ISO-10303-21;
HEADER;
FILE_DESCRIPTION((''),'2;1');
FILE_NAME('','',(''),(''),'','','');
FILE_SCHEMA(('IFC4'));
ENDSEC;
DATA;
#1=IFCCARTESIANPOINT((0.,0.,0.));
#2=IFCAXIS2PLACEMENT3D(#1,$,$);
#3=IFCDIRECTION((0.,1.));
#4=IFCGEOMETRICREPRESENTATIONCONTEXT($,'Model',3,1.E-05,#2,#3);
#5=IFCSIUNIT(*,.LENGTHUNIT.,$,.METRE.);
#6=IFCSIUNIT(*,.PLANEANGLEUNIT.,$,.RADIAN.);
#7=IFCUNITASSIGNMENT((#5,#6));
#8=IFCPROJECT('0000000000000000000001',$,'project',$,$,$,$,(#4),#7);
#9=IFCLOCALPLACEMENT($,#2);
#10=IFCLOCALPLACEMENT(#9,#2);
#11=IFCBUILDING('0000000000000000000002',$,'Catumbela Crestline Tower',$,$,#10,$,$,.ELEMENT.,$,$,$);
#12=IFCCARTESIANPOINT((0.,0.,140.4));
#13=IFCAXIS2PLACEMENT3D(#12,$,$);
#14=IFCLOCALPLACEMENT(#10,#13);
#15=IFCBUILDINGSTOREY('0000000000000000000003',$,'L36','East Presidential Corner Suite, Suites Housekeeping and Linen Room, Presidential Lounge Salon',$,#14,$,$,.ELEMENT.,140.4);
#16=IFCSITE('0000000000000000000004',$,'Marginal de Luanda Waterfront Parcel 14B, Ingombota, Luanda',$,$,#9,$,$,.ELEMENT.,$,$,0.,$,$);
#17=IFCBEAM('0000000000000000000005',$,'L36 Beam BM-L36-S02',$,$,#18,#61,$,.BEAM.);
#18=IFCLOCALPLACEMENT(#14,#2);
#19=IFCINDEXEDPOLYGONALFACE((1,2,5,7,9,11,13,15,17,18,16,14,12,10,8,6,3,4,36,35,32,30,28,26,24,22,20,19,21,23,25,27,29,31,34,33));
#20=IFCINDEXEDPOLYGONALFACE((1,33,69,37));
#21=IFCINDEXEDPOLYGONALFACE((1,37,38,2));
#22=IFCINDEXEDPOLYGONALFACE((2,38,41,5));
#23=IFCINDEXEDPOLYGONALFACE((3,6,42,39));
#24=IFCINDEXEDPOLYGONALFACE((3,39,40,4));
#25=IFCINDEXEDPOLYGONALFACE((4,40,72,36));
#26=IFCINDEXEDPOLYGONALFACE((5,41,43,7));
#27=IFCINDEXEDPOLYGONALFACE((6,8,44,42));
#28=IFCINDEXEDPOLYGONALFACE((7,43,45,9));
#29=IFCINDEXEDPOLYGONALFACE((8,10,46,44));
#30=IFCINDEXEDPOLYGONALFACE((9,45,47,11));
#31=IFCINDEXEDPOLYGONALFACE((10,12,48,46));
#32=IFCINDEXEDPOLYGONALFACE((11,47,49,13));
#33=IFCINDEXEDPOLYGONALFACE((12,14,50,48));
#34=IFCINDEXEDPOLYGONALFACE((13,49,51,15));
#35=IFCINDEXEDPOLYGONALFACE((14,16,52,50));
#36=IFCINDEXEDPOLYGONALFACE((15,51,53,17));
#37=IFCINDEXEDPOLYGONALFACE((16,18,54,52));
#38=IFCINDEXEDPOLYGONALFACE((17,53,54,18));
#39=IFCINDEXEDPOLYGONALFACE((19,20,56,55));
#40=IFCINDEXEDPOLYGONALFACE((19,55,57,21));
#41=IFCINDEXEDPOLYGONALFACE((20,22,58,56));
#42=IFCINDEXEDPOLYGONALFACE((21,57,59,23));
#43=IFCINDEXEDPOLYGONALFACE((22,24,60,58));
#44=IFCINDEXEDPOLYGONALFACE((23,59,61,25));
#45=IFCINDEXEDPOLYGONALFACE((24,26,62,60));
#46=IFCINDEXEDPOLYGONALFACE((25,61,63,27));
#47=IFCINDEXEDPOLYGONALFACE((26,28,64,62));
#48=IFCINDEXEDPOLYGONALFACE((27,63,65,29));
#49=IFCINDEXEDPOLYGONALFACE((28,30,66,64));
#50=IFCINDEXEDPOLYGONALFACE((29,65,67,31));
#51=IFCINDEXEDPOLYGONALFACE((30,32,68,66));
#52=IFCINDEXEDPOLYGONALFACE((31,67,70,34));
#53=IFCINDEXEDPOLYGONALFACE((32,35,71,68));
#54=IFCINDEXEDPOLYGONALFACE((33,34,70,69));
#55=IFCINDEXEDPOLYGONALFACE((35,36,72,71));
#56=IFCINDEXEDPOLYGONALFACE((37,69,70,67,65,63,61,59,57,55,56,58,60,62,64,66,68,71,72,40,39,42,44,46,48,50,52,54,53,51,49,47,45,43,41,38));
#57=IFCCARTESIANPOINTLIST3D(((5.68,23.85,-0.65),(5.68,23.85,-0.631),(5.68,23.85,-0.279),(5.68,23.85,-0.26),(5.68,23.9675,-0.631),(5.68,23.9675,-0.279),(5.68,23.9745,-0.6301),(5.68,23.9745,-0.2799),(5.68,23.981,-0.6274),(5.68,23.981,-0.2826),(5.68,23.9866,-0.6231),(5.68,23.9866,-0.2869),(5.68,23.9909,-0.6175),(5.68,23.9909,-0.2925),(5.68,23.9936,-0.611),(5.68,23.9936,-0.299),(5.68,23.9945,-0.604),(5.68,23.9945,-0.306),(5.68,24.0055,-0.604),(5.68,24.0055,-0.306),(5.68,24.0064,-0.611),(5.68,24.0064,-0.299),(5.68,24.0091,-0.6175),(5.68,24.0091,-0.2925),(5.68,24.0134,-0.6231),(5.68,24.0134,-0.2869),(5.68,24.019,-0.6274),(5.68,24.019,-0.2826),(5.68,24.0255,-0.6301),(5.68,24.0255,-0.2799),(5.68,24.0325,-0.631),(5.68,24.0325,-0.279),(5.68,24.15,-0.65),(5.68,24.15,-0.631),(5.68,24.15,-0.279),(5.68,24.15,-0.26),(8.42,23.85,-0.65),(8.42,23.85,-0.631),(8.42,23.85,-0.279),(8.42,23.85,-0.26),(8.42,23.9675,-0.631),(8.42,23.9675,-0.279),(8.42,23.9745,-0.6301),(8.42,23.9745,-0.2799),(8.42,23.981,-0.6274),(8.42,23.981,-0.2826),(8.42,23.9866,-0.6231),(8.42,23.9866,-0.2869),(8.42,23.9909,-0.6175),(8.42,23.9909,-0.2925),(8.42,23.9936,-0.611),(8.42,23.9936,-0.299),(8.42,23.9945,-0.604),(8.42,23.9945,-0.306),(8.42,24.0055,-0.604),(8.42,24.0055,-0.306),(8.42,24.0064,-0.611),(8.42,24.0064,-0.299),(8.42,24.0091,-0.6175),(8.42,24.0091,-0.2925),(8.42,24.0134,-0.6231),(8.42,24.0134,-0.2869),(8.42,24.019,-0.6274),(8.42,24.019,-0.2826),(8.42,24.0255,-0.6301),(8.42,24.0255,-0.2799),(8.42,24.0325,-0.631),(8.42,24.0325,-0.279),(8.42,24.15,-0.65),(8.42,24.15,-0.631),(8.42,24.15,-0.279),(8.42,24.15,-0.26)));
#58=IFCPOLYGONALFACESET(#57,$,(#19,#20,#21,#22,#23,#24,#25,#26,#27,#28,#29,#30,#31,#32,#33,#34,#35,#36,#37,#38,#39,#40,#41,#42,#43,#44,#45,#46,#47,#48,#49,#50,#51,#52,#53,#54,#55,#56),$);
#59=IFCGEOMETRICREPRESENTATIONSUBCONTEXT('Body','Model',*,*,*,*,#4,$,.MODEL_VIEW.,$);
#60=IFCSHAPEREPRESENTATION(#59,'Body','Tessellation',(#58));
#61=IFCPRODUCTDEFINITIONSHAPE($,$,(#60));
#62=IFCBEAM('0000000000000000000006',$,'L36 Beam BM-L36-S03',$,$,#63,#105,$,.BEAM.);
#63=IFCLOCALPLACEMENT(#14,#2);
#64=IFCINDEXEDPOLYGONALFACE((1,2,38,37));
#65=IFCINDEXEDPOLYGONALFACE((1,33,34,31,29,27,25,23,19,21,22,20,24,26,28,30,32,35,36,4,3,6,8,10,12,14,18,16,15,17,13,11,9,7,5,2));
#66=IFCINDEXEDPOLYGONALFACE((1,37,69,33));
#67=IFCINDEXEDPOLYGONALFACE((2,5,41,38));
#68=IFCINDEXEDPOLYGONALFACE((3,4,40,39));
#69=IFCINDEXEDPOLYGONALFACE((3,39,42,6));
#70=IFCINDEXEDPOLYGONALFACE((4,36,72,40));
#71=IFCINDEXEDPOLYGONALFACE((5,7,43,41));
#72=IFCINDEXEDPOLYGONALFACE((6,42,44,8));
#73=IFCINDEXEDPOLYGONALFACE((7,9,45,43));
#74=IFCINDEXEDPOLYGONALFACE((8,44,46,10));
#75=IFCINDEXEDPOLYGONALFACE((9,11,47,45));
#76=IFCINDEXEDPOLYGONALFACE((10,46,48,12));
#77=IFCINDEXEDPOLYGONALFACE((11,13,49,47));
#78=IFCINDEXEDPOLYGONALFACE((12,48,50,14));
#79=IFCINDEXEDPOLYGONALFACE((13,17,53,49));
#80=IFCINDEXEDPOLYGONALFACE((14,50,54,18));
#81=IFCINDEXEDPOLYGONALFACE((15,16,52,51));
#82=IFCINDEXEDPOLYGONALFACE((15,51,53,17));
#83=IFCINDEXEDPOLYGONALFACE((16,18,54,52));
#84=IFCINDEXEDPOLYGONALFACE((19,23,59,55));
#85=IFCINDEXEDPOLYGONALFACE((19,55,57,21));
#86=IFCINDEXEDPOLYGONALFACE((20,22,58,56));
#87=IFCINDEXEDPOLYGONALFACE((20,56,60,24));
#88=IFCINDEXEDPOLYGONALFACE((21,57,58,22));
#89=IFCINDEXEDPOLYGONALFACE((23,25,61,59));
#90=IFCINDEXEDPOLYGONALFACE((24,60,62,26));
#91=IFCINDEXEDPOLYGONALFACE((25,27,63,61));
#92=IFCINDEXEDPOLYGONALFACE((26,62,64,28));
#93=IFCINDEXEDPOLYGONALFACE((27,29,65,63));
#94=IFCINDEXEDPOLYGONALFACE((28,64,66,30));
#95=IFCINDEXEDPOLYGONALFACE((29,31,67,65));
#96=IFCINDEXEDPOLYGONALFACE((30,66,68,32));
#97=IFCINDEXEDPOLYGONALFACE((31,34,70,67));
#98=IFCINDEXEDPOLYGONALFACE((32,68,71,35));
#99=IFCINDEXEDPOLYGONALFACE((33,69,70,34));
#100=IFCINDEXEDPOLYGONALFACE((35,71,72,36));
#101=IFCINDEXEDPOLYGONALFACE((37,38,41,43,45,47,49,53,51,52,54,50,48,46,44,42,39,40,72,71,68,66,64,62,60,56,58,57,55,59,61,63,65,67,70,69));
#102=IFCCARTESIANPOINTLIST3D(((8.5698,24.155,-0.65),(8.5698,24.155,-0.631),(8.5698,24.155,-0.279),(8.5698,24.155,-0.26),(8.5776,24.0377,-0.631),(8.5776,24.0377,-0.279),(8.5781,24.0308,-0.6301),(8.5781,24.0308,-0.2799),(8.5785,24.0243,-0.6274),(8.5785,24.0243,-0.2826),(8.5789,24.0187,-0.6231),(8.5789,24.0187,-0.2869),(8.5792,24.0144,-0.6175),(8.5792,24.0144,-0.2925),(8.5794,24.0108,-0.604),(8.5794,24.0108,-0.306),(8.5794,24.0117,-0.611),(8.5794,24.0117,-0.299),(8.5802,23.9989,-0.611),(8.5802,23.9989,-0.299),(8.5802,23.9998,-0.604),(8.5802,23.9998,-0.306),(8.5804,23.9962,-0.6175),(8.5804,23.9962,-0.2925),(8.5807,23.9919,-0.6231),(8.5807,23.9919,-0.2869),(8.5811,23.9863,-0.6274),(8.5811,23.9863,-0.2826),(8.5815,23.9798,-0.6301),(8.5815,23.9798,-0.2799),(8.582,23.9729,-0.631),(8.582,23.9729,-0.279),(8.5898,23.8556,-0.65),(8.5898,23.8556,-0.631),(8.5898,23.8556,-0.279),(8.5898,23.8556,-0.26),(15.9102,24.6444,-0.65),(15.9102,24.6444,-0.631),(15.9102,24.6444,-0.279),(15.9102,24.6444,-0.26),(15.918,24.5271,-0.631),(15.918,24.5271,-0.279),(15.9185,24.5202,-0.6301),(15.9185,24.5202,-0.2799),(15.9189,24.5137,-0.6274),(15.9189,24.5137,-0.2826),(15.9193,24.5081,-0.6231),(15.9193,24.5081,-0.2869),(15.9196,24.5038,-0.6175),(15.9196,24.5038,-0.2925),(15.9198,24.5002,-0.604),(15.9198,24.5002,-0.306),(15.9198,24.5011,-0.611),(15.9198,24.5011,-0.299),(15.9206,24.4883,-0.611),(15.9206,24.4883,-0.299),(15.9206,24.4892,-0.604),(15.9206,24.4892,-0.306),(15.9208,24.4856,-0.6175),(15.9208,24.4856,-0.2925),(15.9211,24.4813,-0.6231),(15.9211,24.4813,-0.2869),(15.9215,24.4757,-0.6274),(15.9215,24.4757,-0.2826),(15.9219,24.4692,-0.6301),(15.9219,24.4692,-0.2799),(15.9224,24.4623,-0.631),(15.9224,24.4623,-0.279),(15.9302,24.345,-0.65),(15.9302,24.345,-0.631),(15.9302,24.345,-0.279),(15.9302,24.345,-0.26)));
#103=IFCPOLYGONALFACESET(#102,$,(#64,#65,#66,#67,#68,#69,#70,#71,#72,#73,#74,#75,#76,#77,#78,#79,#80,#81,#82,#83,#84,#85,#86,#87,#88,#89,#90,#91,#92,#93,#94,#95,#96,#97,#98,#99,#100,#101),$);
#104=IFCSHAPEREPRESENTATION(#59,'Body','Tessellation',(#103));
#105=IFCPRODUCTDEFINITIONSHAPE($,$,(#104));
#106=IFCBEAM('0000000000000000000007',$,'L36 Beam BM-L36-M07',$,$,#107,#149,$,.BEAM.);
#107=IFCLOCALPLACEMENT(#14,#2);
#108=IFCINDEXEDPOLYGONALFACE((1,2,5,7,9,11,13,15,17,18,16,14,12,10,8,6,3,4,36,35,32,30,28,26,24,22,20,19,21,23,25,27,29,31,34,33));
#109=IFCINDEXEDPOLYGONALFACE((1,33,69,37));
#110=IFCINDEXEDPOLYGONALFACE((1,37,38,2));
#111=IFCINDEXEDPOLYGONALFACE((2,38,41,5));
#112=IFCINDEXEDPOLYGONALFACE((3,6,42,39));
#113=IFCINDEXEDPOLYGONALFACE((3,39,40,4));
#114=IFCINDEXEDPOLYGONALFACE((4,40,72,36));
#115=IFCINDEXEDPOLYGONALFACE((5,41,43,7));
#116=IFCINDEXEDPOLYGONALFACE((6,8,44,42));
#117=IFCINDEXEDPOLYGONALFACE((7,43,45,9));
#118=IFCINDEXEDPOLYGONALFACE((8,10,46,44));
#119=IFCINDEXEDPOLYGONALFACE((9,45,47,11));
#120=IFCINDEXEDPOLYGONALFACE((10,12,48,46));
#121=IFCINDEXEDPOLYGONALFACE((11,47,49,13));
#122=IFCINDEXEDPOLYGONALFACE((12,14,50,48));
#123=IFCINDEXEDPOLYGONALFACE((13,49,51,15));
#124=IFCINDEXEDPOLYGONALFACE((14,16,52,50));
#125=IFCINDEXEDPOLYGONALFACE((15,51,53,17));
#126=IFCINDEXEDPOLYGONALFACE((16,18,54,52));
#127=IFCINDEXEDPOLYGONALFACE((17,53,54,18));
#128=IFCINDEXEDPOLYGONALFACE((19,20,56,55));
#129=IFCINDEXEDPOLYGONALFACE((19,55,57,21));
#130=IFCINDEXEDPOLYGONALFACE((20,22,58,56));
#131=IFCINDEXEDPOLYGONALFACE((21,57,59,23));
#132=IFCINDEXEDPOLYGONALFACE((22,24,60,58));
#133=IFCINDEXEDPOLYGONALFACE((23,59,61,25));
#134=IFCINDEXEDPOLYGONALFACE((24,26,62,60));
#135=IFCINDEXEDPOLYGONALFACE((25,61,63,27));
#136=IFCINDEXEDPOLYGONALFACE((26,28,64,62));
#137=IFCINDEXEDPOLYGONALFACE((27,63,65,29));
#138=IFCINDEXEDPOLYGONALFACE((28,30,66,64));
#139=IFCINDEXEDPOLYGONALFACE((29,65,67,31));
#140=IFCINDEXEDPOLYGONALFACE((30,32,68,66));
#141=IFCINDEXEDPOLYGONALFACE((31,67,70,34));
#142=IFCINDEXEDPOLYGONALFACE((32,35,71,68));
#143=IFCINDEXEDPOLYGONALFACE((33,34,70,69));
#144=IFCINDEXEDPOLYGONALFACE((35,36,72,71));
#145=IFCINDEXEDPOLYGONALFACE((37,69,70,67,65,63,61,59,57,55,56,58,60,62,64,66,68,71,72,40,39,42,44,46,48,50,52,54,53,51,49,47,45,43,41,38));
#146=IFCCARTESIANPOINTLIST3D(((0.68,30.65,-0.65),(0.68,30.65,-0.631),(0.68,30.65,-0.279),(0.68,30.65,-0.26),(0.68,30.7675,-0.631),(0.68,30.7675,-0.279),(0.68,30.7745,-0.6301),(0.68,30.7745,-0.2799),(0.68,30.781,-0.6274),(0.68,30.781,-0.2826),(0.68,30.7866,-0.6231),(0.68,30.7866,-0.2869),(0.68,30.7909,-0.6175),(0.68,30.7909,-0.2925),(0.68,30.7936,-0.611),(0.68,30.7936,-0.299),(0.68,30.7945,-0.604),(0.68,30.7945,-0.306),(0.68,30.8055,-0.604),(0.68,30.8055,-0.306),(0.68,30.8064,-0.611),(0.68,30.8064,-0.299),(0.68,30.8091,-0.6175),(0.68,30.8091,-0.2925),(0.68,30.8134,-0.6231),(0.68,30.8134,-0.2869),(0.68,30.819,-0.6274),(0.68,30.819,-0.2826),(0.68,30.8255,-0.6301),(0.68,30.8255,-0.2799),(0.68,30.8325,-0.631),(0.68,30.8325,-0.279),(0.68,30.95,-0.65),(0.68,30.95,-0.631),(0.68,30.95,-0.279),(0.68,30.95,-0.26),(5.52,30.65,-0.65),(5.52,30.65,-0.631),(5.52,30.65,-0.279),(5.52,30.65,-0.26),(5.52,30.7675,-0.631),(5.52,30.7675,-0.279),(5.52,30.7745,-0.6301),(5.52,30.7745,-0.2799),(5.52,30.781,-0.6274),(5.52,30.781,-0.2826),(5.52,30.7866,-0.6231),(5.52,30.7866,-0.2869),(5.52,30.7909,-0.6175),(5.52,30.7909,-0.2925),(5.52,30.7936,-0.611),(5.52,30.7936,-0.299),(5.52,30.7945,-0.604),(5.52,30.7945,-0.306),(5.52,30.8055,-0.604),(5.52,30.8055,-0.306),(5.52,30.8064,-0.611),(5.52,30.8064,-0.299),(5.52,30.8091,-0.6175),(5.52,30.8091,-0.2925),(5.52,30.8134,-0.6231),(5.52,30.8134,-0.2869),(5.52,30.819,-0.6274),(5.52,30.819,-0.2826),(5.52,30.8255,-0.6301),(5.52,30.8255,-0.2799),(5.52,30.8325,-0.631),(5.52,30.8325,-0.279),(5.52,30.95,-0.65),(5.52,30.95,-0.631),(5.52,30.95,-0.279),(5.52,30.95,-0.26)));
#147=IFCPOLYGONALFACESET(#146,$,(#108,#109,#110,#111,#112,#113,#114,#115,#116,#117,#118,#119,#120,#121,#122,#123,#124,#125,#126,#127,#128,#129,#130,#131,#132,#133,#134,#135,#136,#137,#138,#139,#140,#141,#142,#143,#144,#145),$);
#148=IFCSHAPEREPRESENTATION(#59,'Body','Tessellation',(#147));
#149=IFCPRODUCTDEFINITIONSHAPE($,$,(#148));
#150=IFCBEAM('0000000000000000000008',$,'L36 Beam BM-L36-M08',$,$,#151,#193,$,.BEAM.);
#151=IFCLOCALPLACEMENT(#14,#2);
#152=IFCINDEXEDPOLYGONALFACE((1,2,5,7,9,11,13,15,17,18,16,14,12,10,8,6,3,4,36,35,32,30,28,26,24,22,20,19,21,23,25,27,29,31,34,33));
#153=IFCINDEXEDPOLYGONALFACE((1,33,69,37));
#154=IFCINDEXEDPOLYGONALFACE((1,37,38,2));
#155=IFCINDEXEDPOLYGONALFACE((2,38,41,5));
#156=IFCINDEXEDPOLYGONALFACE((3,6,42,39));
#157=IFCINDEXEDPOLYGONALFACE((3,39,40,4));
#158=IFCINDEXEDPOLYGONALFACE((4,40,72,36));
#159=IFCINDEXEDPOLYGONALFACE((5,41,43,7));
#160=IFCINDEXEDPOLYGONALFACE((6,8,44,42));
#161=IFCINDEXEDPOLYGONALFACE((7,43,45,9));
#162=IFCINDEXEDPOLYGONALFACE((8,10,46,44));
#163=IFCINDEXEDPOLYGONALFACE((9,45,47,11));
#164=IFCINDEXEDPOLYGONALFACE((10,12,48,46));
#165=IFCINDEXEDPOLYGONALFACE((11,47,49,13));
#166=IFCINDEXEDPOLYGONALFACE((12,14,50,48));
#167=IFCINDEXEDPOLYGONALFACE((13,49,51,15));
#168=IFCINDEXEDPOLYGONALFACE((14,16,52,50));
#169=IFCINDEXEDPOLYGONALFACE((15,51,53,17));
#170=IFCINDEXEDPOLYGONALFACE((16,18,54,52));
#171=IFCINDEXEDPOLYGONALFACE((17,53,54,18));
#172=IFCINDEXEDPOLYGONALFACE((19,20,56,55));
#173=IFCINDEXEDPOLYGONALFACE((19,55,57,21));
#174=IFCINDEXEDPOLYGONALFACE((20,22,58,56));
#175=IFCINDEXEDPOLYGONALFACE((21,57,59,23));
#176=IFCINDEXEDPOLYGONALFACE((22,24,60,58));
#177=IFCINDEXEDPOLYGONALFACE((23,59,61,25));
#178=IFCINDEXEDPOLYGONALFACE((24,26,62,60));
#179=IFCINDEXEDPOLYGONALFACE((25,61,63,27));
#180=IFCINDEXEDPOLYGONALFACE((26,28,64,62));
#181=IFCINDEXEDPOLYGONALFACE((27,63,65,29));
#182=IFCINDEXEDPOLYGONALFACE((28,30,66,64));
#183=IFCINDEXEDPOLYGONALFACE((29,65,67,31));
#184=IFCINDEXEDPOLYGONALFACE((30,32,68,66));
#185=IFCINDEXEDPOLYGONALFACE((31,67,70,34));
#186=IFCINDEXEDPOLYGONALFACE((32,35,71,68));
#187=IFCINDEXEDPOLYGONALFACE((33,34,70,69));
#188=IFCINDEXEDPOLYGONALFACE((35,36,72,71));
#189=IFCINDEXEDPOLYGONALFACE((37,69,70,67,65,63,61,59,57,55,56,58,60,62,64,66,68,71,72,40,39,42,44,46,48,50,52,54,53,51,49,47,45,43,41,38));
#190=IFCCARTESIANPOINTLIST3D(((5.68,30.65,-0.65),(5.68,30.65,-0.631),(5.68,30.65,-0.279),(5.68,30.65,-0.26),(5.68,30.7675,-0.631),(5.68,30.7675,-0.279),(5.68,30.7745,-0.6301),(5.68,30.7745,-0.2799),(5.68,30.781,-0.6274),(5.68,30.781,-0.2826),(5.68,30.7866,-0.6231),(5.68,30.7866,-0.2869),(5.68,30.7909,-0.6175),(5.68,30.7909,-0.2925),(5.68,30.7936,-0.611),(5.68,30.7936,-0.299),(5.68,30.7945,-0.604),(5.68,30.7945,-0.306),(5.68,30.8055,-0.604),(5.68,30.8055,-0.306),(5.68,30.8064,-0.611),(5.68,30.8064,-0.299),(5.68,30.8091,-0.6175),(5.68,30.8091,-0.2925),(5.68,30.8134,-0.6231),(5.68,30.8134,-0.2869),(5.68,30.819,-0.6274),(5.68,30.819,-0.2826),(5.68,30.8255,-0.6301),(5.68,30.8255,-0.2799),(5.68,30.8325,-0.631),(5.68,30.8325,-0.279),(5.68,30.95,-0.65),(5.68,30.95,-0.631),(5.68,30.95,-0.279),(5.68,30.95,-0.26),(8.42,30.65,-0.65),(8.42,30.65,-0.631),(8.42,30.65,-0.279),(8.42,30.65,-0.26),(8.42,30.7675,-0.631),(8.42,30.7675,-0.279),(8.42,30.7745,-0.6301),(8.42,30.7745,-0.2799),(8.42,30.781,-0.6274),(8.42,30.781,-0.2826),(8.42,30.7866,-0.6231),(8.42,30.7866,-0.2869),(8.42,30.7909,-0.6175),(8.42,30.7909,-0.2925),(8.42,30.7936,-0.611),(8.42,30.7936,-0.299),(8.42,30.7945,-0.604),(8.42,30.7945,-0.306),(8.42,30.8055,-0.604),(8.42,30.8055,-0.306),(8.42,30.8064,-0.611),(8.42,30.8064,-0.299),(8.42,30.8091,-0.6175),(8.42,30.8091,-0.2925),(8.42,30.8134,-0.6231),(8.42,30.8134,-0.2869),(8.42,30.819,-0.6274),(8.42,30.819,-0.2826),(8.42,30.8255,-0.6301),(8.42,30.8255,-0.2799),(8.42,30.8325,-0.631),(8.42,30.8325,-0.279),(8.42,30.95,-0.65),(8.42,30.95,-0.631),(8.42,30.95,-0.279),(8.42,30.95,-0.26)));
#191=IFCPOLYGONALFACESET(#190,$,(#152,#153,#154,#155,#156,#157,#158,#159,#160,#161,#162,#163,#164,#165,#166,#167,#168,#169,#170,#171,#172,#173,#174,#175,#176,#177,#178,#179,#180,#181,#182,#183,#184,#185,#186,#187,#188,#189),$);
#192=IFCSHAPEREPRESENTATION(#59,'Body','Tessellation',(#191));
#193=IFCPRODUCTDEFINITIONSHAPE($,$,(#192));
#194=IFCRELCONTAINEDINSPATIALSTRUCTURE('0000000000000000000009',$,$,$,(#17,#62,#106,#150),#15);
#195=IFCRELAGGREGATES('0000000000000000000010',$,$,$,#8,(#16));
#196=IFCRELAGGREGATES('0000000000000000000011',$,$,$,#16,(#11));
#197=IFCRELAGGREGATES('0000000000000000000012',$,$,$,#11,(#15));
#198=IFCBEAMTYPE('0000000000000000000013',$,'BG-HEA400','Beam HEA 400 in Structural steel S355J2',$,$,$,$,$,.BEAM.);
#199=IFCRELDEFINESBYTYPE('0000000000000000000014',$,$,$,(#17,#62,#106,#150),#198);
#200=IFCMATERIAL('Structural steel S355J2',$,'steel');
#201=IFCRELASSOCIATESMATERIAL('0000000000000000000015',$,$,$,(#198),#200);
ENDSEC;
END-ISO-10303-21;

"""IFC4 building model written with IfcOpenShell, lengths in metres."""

from ifc_helpers import new_model, si_unit, direction, frame, origin, origin_2d, place, context, subcontext, project, spatial, i_section, extrude, material, material_profile, profile_set, type_object, element, save


model = new_model("IFC4")

# Units and contexts
model_context = context("Model", 3, precision=1e-05, world=origin(), true_north=direction((0.0, 1.0)))
body_context = subcontext(model_context, "Body", "Model", "MODEL_VIEW")
ifc_project = project(units=[si_unit("LENGTHUNIT", "METRE"), si_unit("PLANEANGLEUNIT", "RADIAN")], contexts=[model_context])

# Site, building, storey
site_placement = place(None, origin())
site = spatial("IfcSite", under=ifc_project, at=site_placement, Name="Marginal de Luanda Waterfront Parcel 14B, Ingombota, Luanda", CompositionType="ELEMENT", RefElevation=0.0)
building_placement = place(site_placement, origin())
building = spatial("IfcBuilding", under=site, at=building_placement, Name="Catumbela Crestline Tower", CompositionType="ELEMENT")
storey_placement = place(building_placement, frame((0.0, 0.0, 140.4)))
storey = spatial("IfcBuildingStorey", under=building, at=storey_placement, Name="L36", Description="East Presidential Corner Suite, Suites Housekeeping and Linen Room, Presidential Lounge Salon", CompositionType="ELEMENT", Elevation=140.4)

# Beams
ifc_material_1 = material(Name="Structural steel S355J2", Category="steel")
ifc_material_profile_1 = material_profile(ifc_material_1, i_section(OverallWidth=0.3, OverallDepth=0.39, WebThickness=0.011, FlangeThickness=0.019, FilletRadius=0.027, at=origin_2d()), Name="HEA 400")
ifc_profile_set_1 = profile_set([ifc_material_profile_1], Name="Structural steel S355J2")
beam_type = type_object("IfcBeamType", Name="BG-HEA400", Description="Beam HEA 400 in Structural steel S355J2", PredefinedType="BEAM", material=ifc_profile_set_1)
beam_1_placement = place(storey_placement, frame((5.68, 24.0, -0.455), z_axis=(1.0, 0.0, 0.0), x_axis=(0.0, 1.0, 0.0)))
element("IfcBeam", 1, at=beam_1_placement, inside=storey, type_object=beam_type, Name="L36 Beam BM-L36-S02", PredefinedType="BEAM", context=body_context, shape_type="SweptSolid", body=[
    extrude(i_section(OverallWidth=0.3, OverallDepth=0.39, WebThickness=0.011, FlangeThickness=0.019, FilletRadius=0.027, at=origin_2d()), origin(), (0.0, 0.0, 1.0), 2.74),
])
beam_2_placement = place(storey_placement, frame((8.5798, 24.0053, -0.455), z_axis=(0.997785, 0.066524, 0.0), x_axis=(-0.066524, 0.997785, 0.0)))
element("IfcBeam", 2, at=beam_2_placement, inside=storey, type_object=beam_type, Name="L36 Beam BM-L36-S03", PredefinedType="BEAM", context=body_context, shape_type="SweptSolid", body=[
    extrude(i_section(OverallWidth=0.3, OverallDepth=0.39, WebThickness=0.011, FlangeThickness=0.019, FilletRadius=0.027, at=origin_2d()), origin(), (0.0, 0.0, 1.0), 7.3567),
])
beam_3_placement = place(storey_placement, frame((0.68, 30.8, -0.455), z_axis=(1.0, 0.0, 0.0), x_axis=(0.0, 1.0, 0.0)))
element("IfcBeam", 3, at=beam_3_placement, inside=storey, type_object=beam_type, Name="L36 Beam BM-L36-M07", PredefinedType="BEAM", context=body_context, shape_type="SweptSolid", body=[
    extrude(i_section(OverallWidth=0.3, OverallDepth=0.39, WebThickness=0.011, FlangeThickness=0.019, FilletRadius=0.027, at=origin_2d()), origin(), (0.0, 0.0, 1.0), 4.84),
])
beam_4_placement = place(storey_placement, frame((5.68, 30.8, -0.455), z_axis=(1.0, 0.0, 0.0), x_axis=(0.0, 1.0, 0.0)))
element("IfcBeam", 4, at=beam_4_placement, inside=storey, type_object=beam_type, Name="L36 Beam BM-L36-M08", PredefinedType="BEAM", context=body_context, shape_type="SweptSolid", body=[
    extrude(i_section(OverallWidth=0.3, OverallDepth=0.39, WebThickness=0.011, FlangeThickness=0.019, FilletRadius=0.027, at=origin_2d()), origin(), (0.0, 0.0, 1.0), 2.74),
])

save(model, "model.ifc")
